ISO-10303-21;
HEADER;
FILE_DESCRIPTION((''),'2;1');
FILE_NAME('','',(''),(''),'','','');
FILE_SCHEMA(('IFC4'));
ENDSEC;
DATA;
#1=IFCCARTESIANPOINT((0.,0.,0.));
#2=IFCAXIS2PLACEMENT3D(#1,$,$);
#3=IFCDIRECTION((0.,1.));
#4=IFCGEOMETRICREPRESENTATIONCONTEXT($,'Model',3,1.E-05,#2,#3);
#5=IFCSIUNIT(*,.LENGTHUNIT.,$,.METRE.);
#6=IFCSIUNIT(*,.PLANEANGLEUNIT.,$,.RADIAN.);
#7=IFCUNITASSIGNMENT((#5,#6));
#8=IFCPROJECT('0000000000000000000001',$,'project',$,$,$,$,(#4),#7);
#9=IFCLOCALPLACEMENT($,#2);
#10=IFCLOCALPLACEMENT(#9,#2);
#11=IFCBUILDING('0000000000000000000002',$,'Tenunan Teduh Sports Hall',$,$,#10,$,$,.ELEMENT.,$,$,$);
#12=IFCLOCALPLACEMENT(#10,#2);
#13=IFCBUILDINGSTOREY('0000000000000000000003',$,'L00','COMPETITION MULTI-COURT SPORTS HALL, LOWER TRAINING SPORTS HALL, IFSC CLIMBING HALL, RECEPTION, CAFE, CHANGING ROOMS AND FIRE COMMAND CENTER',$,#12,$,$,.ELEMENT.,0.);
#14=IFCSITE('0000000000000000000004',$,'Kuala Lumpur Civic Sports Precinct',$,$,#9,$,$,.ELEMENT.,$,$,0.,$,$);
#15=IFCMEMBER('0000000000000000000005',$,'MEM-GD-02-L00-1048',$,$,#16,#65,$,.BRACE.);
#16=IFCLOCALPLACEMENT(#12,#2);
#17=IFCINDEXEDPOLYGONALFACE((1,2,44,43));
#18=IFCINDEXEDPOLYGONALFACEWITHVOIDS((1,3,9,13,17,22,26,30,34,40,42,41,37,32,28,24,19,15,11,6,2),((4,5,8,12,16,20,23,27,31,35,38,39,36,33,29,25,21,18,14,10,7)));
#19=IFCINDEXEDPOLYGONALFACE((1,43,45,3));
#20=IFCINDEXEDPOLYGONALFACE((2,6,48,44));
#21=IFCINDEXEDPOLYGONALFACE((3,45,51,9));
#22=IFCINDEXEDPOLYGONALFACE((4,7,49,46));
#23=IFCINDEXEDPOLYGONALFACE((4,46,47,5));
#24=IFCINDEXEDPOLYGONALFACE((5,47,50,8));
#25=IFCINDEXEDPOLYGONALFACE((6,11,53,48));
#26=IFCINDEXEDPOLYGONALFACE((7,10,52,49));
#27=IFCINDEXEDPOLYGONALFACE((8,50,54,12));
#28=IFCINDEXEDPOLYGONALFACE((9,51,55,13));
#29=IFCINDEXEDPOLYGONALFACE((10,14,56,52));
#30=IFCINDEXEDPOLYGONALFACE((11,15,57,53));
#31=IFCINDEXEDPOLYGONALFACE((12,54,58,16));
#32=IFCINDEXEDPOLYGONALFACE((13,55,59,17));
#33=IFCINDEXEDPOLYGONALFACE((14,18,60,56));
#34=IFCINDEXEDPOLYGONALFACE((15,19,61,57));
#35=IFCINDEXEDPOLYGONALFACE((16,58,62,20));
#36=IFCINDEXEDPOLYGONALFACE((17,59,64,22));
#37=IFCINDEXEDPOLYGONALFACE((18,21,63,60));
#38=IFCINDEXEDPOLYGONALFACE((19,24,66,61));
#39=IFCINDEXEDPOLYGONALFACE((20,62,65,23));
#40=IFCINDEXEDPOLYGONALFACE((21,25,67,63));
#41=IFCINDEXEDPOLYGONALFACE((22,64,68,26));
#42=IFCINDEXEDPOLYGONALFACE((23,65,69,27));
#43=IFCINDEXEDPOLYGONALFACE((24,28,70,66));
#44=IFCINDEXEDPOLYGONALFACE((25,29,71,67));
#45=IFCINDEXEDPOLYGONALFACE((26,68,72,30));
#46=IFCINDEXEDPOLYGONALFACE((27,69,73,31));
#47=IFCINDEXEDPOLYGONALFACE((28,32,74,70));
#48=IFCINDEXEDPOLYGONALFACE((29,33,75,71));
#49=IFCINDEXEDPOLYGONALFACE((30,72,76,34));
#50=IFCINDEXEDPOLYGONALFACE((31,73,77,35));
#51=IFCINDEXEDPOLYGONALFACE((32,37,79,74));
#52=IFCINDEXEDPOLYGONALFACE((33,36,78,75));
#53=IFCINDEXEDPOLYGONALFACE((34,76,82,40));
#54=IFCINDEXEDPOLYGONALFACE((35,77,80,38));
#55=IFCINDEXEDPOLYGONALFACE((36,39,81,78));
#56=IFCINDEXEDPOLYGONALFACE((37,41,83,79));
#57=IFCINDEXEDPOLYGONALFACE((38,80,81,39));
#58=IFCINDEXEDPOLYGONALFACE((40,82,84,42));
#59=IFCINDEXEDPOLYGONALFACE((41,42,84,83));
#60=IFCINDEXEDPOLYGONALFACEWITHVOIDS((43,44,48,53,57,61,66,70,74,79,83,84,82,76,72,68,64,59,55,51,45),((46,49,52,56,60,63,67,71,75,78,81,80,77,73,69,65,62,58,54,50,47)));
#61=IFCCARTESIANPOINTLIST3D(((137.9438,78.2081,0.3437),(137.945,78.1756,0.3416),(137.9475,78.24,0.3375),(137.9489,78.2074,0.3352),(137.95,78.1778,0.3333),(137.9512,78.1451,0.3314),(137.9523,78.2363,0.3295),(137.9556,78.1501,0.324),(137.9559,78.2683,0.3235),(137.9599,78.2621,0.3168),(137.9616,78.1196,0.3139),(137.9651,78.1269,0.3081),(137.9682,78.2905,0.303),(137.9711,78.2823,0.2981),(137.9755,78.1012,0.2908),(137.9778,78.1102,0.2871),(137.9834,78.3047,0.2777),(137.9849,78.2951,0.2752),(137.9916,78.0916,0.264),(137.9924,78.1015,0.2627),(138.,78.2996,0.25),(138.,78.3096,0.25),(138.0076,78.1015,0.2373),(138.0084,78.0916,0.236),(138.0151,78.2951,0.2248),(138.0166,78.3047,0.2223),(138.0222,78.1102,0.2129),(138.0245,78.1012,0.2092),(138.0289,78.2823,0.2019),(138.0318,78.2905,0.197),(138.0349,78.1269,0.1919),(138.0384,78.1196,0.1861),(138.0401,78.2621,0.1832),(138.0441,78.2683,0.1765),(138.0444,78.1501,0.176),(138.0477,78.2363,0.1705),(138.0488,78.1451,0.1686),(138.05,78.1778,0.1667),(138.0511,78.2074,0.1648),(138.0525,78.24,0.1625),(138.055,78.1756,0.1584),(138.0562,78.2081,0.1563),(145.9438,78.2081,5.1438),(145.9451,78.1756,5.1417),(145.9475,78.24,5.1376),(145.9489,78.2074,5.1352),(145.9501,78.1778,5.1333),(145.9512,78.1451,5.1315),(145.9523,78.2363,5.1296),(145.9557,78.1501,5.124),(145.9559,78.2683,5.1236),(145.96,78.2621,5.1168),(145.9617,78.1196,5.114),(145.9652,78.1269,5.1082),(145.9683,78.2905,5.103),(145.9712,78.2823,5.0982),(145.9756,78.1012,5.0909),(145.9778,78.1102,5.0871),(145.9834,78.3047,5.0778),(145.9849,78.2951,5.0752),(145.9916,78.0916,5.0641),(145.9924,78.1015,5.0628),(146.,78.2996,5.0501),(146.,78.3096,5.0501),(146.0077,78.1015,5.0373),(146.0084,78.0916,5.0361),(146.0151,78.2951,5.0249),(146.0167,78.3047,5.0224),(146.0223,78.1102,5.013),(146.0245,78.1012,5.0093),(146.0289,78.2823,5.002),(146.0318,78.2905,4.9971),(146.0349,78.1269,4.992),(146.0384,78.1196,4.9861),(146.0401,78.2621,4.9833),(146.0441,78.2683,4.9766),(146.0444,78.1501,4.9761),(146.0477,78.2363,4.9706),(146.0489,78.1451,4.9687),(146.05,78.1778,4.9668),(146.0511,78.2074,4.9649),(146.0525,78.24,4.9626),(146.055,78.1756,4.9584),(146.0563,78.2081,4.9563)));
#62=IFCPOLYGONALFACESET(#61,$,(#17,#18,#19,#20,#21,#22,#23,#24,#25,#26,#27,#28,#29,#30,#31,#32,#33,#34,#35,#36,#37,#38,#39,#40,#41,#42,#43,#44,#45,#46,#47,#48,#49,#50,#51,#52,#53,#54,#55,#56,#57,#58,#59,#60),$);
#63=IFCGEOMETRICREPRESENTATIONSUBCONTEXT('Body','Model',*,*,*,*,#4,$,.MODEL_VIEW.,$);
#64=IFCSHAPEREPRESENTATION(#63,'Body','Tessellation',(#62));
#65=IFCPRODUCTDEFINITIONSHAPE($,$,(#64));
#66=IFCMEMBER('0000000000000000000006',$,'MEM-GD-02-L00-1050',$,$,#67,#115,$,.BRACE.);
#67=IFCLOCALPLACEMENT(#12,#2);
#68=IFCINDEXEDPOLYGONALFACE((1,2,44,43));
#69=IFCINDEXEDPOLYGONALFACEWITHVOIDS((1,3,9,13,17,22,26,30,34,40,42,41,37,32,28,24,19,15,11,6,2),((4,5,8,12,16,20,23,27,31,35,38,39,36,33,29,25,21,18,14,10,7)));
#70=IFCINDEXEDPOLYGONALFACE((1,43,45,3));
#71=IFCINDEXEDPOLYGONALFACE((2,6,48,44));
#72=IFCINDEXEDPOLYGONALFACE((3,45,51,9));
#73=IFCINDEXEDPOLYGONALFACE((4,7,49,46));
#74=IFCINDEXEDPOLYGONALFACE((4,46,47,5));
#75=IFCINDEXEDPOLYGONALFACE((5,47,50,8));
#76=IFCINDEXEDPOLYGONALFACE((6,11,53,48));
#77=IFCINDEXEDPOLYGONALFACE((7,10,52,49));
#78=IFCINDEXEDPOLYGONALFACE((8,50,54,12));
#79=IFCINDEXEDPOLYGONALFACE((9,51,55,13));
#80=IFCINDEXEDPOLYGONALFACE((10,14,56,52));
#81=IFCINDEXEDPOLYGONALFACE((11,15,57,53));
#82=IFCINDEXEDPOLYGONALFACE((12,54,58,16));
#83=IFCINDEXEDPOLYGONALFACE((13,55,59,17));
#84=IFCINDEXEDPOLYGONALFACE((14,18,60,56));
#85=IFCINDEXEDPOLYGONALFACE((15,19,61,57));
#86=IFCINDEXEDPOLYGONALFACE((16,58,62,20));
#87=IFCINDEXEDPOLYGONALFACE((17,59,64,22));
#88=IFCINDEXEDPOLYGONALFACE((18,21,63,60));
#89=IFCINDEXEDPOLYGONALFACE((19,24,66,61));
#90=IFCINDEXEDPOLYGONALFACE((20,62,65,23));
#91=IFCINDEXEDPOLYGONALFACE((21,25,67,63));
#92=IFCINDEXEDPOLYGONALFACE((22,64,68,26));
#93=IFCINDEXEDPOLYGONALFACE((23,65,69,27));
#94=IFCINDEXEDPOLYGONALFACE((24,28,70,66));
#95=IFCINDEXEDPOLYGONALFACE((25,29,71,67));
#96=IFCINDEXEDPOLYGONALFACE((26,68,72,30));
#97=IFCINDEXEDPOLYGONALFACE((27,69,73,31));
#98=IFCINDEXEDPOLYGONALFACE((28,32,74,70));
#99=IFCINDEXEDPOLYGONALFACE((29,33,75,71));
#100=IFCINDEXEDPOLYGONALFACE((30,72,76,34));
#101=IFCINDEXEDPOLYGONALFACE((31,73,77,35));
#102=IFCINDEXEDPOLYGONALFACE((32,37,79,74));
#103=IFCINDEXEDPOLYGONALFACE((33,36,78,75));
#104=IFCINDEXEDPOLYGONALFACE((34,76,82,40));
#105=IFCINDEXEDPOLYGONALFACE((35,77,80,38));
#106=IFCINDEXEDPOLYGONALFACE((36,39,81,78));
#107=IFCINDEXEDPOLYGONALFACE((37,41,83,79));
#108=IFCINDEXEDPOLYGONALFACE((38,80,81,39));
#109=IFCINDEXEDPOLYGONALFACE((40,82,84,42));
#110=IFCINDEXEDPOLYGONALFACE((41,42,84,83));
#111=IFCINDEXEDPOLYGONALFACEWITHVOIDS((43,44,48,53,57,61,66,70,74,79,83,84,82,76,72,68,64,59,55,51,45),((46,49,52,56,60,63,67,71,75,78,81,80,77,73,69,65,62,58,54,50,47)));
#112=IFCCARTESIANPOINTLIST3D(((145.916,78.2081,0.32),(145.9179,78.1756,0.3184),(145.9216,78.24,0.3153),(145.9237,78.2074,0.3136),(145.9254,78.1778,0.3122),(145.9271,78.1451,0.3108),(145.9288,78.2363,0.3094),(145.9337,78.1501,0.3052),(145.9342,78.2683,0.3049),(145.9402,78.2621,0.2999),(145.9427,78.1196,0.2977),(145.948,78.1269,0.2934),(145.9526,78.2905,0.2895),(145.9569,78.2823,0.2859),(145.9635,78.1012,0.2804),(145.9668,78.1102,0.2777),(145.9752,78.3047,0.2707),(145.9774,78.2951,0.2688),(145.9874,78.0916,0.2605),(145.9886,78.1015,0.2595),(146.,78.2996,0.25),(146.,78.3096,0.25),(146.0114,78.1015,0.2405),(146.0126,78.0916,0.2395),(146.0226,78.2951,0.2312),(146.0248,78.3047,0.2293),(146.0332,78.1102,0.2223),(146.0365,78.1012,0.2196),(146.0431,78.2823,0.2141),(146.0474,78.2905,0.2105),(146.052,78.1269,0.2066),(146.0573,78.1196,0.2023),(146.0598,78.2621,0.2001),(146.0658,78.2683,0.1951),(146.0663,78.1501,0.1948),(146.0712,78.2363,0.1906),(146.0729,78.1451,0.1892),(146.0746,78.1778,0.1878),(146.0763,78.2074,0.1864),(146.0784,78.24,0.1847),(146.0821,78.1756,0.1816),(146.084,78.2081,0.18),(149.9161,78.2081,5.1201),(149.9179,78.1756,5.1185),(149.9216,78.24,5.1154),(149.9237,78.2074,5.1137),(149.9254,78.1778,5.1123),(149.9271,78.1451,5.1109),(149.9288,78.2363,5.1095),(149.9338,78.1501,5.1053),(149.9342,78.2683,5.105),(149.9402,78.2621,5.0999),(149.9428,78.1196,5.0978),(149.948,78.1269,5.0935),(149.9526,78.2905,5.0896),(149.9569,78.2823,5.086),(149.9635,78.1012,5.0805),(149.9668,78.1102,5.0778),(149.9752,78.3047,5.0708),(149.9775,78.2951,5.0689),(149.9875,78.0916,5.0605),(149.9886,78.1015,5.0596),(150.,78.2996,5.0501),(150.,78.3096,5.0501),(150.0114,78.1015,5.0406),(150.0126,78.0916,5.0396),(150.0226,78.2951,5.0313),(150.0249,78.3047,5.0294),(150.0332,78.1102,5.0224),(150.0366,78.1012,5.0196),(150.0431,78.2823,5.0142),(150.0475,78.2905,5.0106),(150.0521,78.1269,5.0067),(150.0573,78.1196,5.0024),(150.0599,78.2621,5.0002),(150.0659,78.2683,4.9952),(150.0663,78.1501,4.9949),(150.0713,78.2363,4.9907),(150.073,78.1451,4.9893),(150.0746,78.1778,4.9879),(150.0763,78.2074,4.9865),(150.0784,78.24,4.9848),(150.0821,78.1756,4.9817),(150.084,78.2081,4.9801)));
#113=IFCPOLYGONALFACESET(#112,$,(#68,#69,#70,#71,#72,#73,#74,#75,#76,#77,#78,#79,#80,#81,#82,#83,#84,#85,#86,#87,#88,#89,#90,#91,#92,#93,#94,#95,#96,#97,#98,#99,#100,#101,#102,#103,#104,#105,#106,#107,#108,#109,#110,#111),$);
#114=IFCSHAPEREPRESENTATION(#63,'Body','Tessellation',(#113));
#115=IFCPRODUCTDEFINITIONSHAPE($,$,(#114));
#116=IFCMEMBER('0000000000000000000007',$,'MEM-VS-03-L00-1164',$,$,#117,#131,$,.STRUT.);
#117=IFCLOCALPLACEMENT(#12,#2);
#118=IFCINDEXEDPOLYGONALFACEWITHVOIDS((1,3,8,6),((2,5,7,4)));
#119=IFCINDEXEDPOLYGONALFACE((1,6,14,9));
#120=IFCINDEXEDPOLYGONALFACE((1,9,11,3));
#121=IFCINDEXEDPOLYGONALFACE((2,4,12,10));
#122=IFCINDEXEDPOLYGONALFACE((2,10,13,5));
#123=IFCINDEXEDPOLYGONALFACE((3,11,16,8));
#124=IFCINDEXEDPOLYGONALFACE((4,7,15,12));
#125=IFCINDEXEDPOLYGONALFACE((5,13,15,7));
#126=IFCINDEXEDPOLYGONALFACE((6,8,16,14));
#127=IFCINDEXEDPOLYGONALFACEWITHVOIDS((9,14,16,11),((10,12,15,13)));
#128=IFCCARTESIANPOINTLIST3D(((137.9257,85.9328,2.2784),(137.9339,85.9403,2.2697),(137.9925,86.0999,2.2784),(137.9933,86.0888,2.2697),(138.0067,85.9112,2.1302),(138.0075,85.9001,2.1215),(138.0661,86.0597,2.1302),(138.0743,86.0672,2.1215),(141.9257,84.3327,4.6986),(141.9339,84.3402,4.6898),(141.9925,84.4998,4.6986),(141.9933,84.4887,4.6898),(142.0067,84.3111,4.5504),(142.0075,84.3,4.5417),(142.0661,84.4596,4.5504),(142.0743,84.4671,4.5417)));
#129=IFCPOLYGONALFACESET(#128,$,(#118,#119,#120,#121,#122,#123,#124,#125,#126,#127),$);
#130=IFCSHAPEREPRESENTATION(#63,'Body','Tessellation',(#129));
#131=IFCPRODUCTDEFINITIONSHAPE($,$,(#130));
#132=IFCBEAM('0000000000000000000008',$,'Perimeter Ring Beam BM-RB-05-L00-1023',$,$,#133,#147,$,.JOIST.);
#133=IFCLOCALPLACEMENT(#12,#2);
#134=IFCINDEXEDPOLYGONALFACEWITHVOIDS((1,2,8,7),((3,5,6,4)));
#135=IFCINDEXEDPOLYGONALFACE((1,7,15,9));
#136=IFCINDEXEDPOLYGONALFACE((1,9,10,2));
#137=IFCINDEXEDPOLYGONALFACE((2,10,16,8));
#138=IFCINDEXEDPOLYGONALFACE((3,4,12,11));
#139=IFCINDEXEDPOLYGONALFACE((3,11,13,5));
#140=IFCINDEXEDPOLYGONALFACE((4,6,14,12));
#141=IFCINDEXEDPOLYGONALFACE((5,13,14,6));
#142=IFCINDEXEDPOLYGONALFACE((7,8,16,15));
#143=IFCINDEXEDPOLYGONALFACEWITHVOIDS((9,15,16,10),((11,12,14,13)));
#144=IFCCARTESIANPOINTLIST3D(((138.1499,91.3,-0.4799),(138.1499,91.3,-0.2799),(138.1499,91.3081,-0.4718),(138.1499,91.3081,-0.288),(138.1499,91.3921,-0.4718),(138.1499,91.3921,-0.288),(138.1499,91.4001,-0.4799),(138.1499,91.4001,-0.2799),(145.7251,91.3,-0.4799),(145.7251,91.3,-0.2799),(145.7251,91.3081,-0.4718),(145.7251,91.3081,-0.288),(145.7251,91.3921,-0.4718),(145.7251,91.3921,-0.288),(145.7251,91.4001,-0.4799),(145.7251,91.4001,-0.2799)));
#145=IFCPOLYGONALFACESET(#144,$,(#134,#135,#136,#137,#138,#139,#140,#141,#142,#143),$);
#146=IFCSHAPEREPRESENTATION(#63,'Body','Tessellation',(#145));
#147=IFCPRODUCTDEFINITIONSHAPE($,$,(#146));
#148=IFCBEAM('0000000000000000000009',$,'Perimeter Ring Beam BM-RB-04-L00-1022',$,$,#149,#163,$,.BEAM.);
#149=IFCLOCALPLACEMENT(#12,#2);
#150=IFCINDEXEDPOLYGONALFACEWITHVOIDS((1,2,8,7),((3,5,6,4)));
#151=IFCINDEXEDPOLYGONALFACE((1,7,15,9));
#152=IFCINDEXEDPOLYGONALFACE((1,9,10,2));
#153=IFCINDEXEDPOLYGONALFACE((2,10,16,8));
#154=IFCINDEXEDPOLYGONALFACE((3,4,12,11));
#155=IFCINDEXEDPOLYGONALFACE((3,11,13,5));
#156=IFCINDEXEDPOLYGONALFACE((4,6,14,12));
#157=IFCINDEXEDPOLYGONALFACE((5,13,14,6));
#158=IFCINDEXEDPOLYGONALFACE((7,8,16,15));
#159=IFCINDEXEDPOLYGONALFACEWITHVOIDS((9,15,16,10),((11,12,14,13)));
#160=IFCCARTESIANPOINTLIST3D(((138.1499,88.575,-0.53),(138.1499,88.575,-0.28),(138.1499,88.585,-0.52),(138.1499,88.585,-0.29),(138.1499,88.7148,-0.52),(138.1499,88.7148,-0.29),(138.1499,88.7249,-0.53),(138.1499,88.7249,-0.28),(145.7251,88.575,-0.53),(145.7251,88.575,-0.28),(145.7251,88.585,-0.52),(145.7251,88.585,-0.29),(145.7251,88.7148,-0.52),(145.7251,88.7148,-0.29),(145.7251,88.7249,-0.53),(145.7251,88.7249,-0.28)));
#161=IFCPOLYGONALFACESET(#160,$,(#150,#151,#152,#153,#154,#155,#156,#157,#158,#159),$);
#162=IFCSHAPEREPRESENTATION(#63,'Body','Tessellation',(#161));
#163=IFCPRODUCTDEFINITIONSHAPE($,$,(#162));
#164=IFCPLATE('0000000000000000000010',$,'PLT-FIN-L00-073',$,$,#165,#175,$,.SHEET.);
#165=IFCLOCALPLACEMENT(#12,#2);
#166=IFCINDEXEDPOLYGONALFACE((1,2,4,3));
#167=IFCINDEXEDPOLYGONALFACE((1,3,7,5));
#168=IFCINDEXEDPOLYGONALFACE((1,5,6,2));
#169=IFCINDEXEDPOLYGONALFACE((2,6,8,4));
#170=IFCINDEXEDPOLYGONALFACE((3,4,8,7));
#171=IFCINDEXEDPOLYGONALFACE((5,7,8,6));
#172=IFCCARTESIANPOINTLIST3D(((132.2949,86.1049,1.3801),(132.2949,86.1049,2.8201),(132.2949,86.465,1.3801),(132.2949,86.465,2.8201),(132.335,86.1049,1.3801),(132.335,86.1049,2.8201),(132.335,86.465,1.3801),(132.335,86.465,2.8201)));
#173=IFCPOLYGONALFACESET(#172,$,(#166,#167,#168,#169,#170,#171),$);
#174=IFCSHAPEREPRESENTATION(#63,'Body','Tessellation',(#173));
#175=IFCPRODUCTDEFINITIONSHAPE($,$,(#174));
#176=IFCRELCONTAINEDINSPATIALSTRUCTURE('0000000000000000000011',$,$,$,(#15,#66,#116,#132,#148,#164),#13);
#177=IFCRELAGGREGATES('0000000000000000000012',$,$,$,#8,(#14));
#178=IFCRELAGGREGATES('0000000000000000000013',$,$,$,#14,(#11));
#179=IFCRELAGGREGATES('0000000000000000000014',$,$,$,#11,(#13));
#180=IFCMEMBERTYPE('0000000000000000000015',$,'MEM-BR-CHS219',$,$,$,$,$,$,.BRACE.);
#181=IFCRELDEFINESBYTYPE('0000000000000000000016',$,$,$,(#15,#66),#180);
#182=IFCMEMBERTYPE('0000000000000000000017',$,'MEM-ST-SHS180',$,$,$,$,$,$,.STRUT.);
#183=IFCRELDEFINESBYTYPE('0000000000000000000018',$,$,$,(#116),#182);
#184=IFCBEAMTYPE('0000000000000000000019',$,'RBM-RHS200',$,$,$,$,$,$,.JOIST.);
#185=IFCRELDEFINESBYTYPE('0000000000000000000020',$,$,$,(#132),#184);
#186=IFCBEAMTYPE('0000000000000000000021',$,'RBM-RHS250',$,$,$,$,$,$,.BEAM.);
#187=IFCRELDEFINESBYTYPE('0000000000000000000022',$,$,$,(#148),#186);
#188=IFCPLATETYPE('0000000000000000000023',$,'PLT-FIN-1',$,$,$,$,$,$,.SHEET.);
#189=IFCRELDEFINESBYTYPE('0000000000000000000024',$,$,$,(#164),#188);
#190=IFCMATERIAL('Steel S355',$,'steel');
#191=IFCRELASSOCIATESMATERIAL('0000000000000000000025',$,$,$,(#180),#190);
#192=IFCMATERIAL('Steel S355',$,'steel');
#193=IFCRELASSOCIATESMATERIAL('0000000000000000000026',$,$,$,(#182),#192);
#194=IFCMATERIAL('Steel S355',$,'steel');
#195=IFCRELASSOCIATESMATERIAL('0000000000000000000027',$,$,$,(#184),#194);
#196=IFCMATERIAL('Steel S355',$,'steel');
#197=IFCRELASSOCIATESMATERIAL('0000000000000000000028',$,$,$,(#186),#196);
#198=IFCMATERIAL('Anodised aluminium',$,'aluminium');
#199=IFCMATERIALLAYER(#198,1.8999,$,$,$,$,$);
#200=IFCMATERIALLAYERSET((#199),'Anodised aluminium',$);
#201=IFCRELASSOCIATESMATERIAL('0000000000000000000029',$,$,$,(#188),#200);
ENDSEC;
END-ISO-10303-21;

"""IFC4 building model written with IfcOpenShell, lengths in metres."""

from ifc_helpers import new_model, si_unit, direction, frame, origin, origin_2d, place, context, subcontext, project, spatial, rectangle, hollow_rectangle, hollow_circle, extrude, material, layer, layer_set, material_profile, profile_set, type_object, element, save


model = new_model("IFC4")

# Units and contexts
model_context = context("Model", 3, precision=1e-05, world=origin(), true_north=direction((0.0, 1.0)))
body_context = subcontext(model_context, "Body", "Model", "MODEL_VIEW")
ifc_project = project(units=[si_unit("LENGTHUNIT", "METRE"), si_unit("PLANEANGLEUNIT", "RADIAN")], contexts=[model_context])

# Site, building, storey
site_placement = place(None, origin())
site = spatial("IfcSite", under=ifc_project, at=site_placement, Name="Kuala Lumpur Civic Sports Precinct", CompositionType="ELEMENT", RefElevation=0.0)
building_placement = place(site_placement, origin())
building = spatial("IfcBuilding", under=site, at=building_placement, Name="Tenunan Teduh Sports Hall", CompositionType="ELEMENT")
storey_placement = place(building_placement, origin())
storey = spatial("IfcBuildingStorey", under=building, at=storey_placement, Name="L00", Description="COMPETITION MULTI-COURT SPORTS HALL, LOWER TRAINING SPORTS HALL, IFSC CLIMBING HALL, RECEPTION, CAFE, CHANGING ROOMS AND FIRE COMMAND CENTER", CompositionType="ELEMENT", Elevation=0.0)

# Members
ifc_material_1 = material(Name="Steel S355", Category="steel")
ifc_material_profile_1 = material_profile(ifc_material_1, hollow_circle(Radius=0.1096, WallThickness=0.01, at=origin_2d()), Name="CHS 219.1x10.0")
ifc_profile_set_1 = profile_set([ifc_material_profile_1], Name="Steel S355")
member_type_1 = type_object("IfcMemberType", Name="MEM-BR-CHS219", PredefinedType="BRACE", material=ifc_profile_set_1)
member_1_placement = place(storey_placement, frame((138.0, 78.2, 0.25), z_axis=(0.857491, 0.0, 0.5145), x_axis=(0.0, 1.0, 0.0)))
element("IfcMember", 1, at=member_1_placement, inside=storey, type_object=member_type_1, Name="MEM-GD-02-L00-1048", PredefinedType="BRACE", context=body_context, shape_type="SweptSolid", body=[
    extrude(hollow_circle(Radius=0.1096, WallThickness=0.01, at=origin_2d()), origin(), (0.0, 0.0, 1.0), 9.3296),
])
member_2_placement = place(storey_placement, frame((146.0, 78.2, 0.25), z_axis=(0.640181, 0.0, 0.768224), x_axis=(0.0, 1.0, 0.0)))
element("IfcMember", 2, at=member_2_placement, inside=storey, type_object=member_type_1, Name="MEM-GD-02-L00-1050", PredefinedType="BRACE", context=body_context, shape_type="SweptSolid", body=[
    extrude(hollow_circle(Radius=0.1096, WallThickness=0.01, at=origin_2d()), origin(), (0.0, 0.0, 1.0), 6.2483),
])
ifc_material_2 = material(Name="Steel S355", Category="steel")
ifc_material_profile_2 = material_profile(ifc_material_2, hollow_rectangle(XDim=0.1799, YDim=0.1799, WallThickness=0.01, at=origin_2d()), Name="SHS 180x180x10.0")
ifc_profile_set_2 = profile_set([ifc_material_profile_2], Name="Steel S355")
member_type_2 = type_object("IfcMemberType", Name="MEM-ST-SHS180", PredefinedType="STRUT", material=ifc_profile_set_2)
member_3_placement = place(storey_placement, frame((138.0, 86.0, 2.2), z_axis=(0.809486, -0.323814, 0.489773), x_axis=(0.37141, 0.928469, 0.0)))
element("IfcMember", 3, at=member_3_placement, inside=storey, type_object=member_type_2, Name="MEM-VS-03-L00-1164", PredefinedType="STRUT", context=body_context, shape_type="SweptSolid", body=[
    extrude(hollow_rectangle(XDim=0.1799, YDim=0.1799, WallThickness=0.01, at=origin_2d()), origin(), (0.0, 0.0, 1.0), 4.9414),
])

# Beams
ifc_material_3 = material(Name="Steel S355", Category="steel")
ifc_material_profile_3 = material_profile(ifc_material_3, hollow_rectangle(XDim=0.1001, YDim=0.2, WallThickness=0.0081, at=origin_2d()), Name="RHS 200x100x8.0")
ifc_profile_set_3 = profile_set([ifc_material_profile_3], Name="Steel S355")
beam_type_1 = type_object("IfcBeamType", Name="RBM-RHS200", PredefinedType="JOIST", material=ifc_profile_set_3)
beam_1_placement = place(storey_placement, frame((138.1499, 91.3501, -0.3799), z_axis=(1.0, 0.0, 0.0), x_axis=(0.0, 1.0, 0.0)))
element("IfcBeam", 4, at=beam_1_placement, inside=storey, type_object=beam_type_1, Name="Perimeter Ring Beam BM-RB-05-L00-1023", PredefinedType="JOIST", context=body_context, shape_type="SweptSolid", body=[
    extrude(hollow_rectangle(XDim=0.1001, YDim=0.2, WallThickness=0.0081, at=origin_2d()), origin(), (0.0, 0.0, 1.0), 7.5752),
])
ifc_material_4 = material(Name="Steel S355", Category="steel")
ifc_material_profile_4 = material_profile(ifc_material_4, hollow_rectangle(XDim=0.1499, YDim=0.25, WallThickness=0.01, at=origin_2d()), Name="RHS 250x150x10.0")
ifc_profile_set_4 = profile_set([ifc_material_profile_4], Name="Steel S355")
beam_type_2 = type_object("IfcBeamType", Name="RBM-RHS250", PredefinedType="BEAM", material=ifc_profile_set_4)
beam_2_placement = place(storey_placement, frame((138.1499, 88.6499, -0.405), z_axis=(1.0, 0.0, 0.0), x_axis=(0.0, 1.0, 0.0)))
element("IfcBeam", 5, at=beam_2_placement, inside=storey, type_object=beam_type_2, Name="Perimeter Ring Beam BM-RB-04-L00-1022", PredefinedType="BEAM", context=body_context, shape_type="SweptSolid", body=[
    extrude(hollow_rectangle(XDim=0.1499, YDim=0.25, WallThickness=0.01, at=origin_2d()), origin(), (0.0, 0.0, 1.0), 7.5752),
])

# Plate
ifc_material_5 = material(Name="Anodised aluminium", Category="aluminium")
ifc_layer_1 = layer(ifc_material_5, 1.8999)
ifc_layer_set_1 = layer_set([ifc_layer_1], Name="Anodised aluminium")
plate_type = type_object("IfcPlateType", Name="PLT-FIN-1", PredefinedType="SHEET", material=ifc_layer_set_1)
plate_placement = place(storey_placement, frame((132.3149, 86.2849, 1.3801), z_axis=(0.0, 0.0, 1.0), x_axis=(1.0, 0.0, 0.0)))
element("IfcPlate", 6, at=plate_placement, inside=storey, type_object=plate_type, Name="PLT-FIN-L00-073", PredefinedType="SHEET", context=body_context, shape_type="SweptSolid", body=[
    extrude(rectangle(XDim=0.04, YDim=0.3601, at=origin_2d()), origin(), (0.0, 0.0, 1.0), 1.4399),
])

save(model, "model.ifc")
